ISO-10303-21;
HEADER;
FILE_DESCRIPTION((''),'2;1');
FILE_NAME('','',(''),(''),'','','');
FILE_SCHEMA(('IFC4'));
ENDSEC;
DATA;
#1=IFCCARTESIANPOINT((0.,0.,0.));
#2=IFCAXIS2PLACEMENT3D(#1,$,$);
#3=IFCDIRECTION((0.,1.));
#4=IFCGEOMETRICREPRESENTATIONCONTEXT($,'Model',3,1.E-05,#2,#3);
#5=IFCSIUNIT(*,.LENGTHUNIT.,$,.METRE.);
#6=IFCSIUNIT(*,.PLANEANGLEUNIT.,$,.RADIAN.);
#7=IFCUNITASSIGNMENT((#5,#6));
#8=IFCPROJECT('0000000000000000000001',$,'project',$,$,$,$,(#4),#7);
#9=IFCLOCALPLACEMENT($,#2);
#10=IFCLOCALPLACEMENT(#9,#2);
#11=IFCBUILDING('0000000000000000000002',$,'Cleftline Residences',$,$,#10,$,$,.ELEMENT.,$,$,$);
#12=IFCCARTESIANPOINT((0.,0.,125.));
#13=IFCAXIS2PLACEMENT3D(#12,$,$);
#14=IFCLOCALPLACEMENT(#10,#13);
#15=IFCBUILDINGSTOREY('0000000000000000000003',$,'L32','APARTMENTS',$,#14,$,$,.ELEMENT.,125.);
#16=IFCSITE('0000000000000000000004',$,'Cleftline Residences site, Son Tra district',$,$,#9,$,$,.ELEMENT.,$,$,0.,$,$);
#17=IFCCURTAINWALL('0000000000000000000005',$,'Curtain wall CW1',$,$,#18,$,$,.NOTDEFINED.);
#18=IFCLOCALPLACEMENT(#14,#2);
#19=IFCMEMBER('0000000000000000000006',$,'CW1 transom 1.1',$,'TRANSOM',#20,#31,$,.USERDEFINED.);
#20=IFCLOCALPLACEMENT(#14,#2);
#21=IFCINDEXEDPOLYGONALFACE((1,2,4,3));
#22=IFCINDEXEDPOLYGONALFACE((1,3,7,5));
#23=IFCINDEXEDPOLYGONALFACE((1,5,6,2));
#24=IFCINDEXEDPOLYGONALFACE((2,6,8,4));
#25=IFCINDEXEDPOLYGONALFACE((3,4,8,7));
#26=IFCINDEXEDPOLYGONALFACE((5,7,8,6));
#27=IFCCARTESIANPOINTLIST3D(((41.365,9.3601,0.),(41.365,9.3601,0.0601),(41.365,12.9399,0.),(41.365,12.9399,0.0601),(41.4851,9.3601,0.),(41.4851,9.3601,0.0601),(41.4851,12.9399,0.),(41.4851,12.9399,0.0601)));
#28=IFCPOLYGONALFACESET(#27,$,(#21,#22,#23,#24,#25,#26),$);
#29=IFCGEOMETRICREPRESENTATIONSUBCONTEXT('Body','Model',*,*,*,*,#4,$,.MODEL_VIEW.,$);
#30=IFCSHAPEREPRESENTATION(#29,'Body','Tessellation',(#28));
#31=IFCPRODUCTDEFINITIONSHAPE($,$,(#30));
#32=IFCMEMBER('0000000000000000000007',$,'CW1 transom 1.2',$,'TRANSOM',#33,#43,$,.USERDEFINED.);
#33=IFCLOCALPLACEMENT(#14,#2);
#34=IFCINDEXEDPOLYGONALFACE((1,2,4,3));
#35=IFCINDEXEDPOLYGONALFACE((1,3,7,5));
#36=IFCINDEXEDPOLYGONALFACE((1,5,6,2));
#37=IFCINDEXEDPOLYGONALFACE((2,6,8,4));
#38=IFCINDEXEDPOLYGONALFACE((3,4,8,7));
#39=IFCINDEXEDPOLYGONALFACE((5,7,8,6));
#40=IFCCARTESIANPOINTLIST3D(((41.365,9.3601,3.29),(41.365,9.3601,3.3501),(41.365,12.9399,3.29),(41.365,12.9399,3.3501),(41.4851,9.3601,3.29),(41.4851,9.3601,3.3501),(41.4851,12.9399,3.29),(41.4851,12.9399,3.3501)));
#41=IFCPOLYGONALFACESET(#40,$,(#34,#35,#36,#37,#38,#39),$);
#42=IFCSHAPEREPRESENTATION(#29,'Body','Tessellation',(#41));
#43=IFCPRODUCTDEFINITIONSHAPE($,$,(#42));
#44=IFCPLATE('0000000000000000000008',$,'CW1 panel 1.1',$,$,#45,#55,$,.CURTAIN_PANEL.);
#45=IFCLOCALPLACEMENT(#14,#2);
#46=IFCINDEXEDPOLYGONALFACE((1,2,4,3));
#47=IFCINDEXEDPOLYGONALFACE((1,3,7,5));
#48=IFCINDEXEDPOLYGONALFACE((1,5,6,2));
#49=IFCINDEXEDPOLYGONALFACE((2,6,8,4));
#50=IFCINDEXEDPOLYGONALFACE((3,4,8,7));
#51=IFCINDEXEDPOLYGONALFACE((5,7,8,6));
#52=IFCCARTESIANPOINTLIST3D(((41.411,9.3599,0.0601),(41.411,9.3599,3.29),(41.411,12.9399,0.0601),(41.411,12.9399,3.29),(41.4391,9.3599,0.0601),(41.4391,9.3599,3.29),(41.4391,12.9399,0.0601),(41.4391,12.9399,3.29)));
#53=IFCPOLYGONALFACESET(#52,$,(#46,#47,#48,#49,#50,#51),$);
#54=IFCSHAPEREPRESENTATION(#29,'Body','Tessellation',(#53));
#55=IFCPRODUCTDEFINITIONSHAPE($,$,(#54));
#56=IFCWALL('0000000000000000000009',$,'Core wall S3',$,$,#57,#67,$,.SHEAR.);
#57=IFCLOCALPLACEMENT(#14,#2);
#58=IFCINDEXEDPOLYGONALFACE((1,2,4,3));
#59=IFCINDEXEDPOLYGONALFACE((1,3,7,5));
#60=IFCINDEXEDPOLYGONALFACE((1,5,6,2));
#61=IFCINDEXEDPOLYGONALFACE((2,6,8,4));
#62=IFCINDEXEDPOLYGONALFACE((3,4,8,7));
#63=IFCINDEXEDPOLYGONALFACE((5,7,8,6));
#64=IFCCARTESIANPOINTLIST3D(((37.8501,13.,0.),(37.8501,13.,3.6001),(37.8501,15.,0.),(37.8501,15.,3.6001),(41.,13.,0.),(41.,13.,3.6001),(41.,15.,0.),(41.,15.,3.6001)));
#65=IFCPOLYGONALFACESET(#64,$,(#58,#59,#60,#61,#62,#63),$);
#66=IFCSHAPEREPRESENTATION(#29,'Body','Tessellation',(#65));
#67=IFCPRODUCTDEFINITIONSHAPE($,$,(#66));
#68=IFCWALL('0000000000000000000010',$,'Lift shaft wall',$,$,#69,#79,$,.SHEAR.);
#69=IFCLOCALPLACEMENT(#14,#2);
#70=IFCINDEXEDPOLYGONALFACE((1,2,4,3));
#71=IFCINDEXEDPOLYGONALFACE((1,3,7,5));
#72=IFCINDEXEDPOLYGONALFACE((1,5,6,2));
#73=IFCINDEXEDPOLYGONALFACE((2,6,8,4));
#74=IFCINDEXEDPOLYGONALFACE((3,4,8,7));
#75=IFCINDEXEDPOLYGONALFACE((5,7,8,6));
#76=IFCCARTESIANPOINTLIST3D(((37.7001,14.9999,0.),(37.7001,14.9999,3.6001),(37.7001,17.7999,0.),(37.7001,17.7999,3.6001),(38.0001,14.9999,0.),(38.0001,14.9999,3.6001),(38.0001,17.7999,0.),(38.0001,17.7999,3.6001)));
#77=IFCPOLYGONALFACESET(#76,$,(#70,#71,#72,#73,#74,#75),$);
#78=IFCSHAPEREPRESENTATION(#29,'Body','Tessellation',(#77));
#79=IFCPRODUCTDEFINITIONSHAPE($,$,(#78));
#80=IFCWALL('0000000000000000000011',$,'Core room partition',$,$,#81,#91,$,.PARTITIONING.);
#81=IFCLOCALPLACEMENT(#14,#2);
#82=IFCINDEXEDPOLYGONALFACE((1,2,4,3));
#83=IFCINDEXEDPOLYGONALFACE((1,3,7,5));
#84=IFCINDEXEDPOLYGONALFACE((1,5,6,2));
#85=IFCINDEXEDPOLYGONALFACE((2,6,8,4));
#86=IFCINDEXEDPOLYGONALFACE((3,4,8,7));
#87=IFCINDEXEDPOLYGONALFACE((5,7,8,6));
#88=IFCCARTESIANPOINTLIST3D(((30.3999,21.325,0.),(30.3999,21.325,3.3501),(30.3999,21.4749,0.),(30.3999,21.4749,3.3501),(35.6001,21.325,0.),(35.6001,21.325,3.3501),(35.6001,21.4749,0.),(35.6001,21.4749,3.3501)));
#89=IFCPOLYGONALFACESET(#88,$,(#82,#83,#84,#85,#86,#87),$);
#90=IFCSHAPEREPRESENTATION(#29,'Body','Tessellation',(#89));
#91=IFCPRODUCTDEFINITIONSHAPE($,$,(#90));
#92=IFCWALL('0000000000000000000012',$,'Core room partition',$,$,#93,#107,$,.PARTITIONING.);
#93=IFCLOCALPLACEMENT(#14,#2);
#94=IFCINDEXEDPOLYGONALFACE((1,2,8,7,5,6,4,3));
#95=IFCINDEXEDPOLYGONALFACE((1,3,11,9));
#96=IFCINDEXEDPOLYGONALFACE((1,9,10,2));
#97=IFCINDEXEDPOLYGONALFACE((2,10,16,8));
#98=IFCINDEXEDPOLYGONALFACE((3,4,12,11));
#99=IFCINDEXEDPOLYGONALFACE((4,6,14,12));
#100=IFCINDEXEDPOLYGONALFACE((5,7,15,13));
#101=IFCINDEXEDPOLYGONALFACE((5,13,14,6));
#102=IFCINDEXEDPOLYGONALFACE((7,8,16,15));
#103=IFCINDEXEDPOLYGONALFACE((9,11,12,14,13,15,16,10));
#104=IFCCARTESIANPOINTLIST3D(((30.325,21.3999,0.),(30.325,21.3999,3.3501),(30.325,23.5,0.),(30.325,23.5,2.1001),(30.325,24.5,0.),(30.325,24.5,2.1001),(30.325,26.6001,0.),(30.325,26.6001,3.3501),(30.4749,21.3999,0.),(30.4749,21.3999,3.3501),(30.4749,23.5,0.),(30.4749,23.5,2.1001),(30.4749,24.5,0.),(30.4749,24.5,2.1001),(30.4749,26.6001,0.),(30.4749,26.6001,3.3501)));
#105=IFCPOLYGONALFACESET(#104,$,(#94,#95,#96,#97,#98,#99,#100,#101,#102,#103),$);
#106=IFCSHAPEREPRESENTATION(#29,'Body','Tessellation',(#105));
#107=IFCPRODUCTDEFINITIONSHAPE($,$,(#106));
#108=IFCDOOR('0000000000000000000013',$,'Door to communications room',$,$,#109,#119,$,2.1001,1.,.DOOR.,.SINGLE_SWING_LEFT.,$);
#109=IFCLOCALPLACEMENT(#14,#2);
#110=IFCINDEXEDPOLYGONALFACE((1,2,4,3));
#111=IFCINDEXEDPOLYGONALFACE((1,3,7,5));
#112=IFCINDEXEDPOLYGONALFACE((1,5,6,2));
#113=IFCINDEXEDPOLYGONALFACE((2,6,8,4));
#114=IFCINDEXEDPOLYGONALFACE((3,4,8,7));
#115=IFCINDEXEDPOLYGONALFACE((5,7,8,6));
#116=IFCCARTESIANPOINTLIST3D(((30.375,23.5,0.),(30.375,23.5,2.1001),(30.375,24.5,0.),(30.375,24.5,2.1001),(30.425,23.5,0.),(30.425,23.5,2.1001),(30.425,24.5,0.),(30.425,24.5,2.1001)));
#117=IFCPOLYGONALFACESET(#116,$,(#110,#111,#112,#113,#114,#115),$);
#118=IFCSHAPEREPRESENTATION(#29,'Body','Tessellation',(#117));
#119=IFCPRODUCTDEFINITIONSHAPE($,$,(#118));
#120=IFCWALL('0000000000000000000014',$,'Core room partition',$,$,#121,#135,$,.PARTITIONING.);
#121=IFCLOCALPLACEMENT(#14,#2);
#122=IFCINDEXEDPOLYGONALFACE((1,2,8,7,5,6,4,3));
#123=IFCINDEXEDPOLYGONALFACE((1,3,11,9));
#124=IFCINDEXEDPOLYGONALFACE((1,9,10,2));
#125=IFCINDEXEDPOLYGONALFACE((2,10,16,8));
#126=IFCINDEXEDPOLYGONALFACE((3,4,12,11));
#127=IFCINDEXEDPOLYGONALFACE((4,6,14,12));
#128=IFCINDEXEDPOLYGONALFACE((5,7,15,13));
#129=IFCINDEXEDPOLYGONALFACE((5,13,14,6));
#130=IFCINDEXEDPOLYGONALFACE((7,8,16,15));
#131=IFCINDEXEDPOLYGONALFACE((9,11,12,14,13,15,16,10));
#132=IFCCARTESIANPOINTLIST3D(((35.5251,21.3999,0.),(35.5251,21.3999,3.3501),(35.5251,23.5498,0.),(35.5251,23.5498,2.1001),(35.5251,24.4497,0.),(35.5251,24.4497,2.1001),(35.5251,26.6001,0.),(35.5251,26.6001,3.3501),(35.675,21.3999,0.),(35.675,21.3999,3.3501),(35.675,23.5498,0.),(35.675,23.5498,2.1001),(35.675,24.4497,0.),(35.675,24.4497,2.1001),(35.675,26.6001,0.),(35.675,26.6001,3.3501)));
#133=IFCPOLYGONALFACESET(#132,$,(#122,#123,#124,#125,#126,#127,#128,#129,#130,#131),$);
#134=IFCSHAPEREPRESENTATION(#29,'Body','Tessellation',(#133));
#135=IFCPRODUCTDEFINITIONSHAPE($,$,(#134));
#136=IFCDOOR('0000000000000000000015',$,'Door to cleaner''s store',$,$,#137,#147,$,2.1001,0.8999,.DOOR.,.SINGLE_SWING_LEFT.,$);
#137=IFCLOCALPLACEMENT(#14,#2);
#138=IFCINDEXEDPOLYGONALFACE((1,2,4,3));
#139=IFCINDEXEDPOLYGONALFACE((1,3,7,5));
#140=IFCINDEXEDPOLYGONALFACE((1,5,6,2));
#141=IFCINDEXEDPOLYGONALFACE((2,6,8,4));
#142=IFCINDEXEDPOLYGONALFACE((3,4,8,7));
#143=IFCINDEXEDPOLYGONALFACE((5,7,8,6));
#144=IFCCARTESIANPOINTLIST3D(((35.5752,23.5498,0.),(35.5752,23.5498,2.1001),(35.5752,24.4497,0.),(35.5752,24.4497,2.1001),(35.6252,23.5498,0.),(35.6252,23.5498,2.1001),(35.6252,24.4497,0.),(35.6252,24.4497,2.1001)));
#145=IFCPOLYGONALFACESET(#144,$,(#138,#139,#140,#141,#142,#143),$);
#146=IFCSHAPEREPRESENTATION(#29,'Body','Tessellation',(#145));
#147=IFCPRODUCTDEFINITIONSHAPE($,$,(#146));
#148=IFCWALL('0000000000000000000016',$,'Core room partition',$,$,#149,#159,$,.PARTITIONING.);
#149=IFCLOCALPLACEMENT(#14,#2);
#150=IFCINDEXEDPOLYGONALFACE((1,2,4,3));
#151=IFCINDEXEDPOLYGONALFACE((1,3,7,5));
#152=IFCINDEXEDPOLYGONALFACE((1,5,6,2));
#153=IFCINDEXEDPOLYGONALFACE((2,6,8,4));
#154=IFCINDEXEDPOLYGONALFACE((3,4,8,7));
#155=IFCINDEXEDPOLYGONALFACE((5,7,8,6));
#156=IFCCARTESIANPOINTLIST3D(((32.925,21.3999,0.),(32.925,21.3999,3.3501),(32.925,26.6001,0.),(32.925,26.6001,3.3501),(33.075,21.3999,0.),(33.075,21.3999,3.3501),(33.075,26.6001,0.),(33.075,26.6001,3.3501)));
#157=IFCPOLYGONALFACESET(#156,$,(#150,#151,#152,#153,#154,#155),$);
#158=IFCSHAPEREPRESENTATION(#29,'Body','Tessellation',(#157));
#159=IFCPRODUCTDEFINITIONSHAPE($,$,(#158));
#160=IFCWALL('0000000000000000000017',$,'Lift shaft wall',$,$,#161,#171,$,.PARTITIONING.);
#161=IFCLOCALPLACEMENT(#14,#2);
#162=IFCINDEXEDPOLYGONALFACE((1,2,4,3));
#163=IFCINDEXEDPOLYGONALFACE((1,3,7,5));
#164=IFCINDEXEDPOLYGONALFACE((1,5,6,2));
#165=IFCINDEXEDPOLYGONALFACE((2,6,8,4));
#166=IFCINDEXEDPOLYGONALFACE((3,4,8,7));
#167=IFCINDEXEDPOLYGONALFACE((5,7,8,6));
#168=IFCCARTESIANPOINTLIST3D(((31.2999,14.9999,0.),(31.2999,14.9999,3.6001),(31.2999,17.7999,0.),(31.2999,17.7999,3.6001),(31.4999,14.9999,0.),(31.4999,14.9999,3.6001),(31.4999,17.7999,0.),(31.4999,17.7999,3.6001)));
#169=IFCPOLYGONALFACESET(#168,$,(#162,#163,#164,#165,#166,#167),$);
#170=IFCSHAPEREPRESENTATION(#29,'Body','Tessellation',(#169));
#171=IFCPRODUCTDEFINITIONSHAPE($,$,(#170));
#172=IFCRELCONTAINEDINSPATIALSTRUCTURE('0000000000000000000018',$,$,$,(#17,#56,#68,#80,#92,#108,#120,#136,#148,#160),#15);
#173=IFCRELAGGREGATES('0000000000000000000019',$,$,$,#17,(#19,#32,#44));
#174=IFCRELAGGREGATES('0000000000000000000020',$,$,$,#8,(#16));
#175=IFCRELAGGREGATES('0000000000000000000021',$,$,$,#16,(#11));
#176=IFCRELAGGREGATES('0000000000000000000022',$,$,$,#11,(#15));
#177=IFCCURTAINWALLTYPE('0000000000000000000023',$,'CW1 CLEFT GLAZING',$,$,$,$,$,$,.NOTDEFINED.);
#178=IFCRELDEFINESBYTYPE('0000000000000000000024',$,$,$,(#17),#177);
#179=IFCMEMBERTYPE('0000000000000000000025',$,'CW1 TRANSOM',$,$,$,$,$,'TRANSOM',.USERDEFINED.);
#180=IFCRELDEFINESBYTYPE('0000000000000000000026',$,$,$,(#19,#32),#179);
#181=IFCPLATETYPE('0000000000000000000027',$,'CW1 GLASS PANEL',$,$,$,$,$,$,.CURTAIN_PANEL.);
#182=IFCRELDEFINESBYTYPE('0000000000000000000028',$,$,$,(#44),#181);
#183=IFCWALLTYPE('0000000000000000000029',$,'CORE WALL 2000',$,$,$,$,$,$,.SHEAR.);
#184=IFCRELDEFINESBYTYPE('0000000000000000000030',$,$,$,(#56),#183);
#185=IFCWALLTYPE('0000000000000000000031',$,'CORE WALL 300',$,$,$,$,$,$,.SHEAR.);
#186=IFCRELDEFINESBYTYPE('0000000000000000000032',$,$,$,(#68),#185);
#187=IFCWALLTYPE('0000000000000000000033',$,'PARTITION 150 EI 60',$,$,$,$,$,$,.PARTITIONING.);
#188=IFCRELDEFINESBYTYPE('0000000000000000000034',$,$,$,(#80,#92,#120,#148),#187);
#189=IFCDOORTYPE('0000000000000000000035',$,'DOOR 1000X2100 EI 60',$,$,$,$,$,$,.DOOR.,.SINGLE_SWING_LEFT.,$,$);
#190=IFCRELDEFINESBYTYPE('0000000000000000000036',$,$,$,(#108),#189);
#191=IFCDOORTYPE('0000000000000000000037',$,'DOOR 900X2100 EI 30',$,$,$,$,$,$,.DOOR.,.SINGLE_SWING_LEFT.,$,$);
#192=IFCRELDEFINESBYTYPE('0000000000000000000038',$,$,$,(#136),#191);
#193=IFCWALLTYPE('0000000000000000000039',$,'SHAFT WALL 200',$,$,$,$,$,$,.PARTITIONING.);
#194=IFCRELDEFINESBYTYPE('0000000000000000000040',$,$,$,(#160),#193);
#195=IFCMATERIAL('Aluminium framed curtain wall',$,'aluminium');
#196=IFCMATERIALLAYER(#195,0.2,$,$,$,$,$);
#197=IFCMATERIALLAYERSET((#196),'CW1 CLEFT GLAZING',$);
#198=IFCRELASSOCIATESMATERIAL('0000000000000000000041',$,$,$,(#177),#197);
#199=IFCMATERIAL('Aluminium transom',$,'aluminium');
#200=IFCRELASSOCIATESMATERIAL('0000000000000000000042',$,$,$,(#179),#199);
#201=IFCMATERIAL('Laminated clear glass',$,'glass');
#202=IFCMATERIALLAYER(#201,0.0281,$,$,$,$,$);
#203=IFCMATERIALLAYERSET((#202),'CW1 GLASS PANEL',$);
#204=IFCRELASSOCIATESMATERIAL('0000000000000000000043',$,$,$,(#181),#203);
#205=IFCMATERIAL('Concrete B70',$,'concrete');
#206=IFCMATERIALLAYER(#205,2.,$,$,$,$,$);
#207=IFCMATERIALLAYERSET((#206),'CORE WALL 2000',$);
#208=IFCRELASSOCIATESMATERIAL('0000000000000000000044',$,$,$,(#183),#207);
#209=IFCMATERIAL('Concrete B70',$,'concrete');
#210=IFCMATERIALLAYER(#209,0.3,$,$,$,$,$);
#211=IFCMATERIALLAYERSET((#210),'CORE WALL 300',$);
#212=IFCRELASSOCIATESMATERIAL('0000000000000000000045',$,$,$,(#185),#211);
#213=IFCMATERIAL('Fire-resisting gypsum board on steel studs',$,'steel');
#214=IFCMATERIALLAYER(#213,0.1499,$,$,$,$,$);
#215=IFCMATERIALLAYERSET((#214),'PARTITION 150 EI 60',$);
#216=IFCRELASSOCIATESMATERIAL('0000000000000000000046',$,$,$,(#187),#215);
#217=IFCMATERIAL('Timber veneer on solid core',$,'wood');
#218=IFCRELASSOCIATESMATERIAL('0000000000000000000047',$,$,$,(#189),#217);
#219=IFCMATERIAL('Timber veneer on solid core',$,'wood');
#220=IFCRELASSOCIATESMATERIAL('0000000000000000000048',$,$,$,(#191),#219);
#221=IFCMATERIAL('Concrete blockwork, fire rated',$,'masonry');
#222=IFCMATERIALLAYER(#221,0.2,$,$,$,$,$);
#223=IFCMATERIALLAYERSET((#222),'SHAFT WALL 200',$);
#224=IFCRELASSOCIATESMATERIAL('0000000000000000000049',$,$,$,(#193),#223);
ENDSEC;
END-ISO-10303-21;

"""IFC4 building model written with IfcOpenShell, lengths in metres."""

from ifc_helpers import new_model, si_unit, direction, frame, frame_2d, origin, origin_2d, place, context, subcontext, project, spatial, rectangle, extrude, material, layer, layer_set, material_profile, profile_set, type_object, element, fill, aggregate, save


model = new_model("IFC4")

# Units and contexts
model_context = context("Model", 3, precision=1e-05, world=origin(), true_north=direction((0.0, 1.0)))
body_context = subcontext(model_context, "Body", "Model", "MODEL_VIEW")
ifc_project = project(units=[si_unit("LENGTHUNIT", "METRE"), si_unit("PLANEANGLEUNIT", "RADIAN")], contexts=[model_context])

# Site, building, storey
site_placement = place(None, origin())
site = spatial("IfcSite", under=ifc_project, at=site_placement, Name="Cleftline Residences site, Son Tra district", CompositionType="ELEMENT", RefElevation=0.0)
building_placement = place(site_placement, origin())
building = spatial("IfcBuilding", under=site, at=building_placement, Name="Cleftline Residences", CompositionType="ELEMENT")
storey_placement = place(building_placement, frame((0.0, 0.0, 125.0)))
storey = spatial("IfcBuildingStorey", under=building, at=storey_placement, Name="L32", Description="APARTMENTS", CompositionType="ELEMENT", Elevation=125.0)

# Curtain wall, members, plate
ifc_material_1 = material(Name="Aluminium framed curtain wall", Category="aluminium")
ifc_layer_1 = layer(ifc_material_1, 0.2)
ifc_layer_set_1 = layer_set([ifc_layer_1], Name="CW1 CLEFT GLAZING")
curtain_wall_type = type_object("IfcCurtainWallType", Name="CW1 CLEFT GLAZING", PredefinedType="NOTDEFINED", material=ifc_layer_set_1)
curtain_wall_placement = place(storey_placement, origin())
curtain_wall = element("IfcCurtainWall", 1, at=curtain_wall_placement, inside=storey, type_object=curtain_wall_type, Name="Curtain wall CW1", PredefinedType="NOTDEFINED")
ifc_material_2 = material(Name="Aluminium transom", Category="aluminium")
ifc_material_profile = material_profile(ifc_material_2, rectangle(XDim=0.1201, YDim=0.0601, at=origin_2d()))
ifc_profile_set = profile_set([ifc_material_profile], Name="Aluminium transom")
member_type = type_object("IfcMemberType", Name="CW1 TRANSOM", ElementType="TRANSOM", PredefinedType="USERDEFINED", material=ifc_profile_set)
member_1_placement = place(storey_placement, frame((41.425, 12.9399, 0.03), z_axis=(0.0, -1.0, 0.0), x_axis=(1.0, 0.0, 0.0)))
member_1 = element("IfcMember", 2, at=member_1_placement, type_object=member_type, Name="CW1 transom 1.1", ObjectType="TRANSOM", PredefinedType="USERDEFINED", context=body_context, shape_type="SweptSolid", body=[
    extrude(rectangle(XDim=0.1201, YDim=0.0601, at=origin_2d()), origin(), (0.0, 0.0, 1.0), 3.5798),
])
member_2_placement = place(storey_placement, frame((41.425, 12.9399, 3.3201), z_axis=(0.0, -1.0, 0.0), x_axis=(1.0, 0.0, 0.0)))
member_2 = element("IfcMember", 3, at=member_2_placement, type_object=member_type, Name="CW1 transom 1.2", ObjectType="TRANSOM", PredefinedType="USERDEFINED", context=body_context, shape_type="SweptSolid", body=[
    extrude(rectangle(XDim=0.1201, YDim=0.0601, at=origin_2d()), origin(), (0.0, 0.0, 1.0), 3.5798),
])
ifc_material_3 = material(Name="Laminated clear glass", Category="glass")
ifc_layer_2 = layer(ifc_material_3, 0.0281)
ifc_layer_set_2 = layer_set([ifc_layer_2], Name="CW1 GLASS PANEL")
plate_type = type_object("IfcPlateType", Name="CW1 GLASS PANEL", PredefinedType="CURTAIN_PANEL", material=ifc_layer_set_2)
plate_placement = place(storey_placement, frame((41.425, 11.1499, 0.0601), z_axis=(0.0, 0.0, 1.0), x_axis=(0.0, -1.0, 0.0)))
plate = element("IfcPlate", 4, at=plate_placement, type_object=plate_type, Name="CW1 panel 1.1", PredefinedType="CURTAIN_PANEL", context=body_context, shape_type="SweptSolid", body=[
    extrude(rectangle(XDim=3.5801, YDim=0.0281, at=origin_2d()), origin(), (0.0, 0.0, 1.0), 3.23),
])
aggregate(curtain_wall, [member_1, member_2, plate])

# Walls
ifc_material_4 = material(Name="Concrete B70", Category="concrete")
ifc_layer_3 = layer(ifc_material_4, 2.0)
ifc_layer_set_3 = layer_set([ifc_layer_3], Name="CORE WALL 2000")
wall_type_1 = type_object("IfcWallType", Name="CORE WALL 2000", PredefinedType="SHEAR", material=ifc_layer_set_3)
wall_1_placement = place(storey_placement, frame((37.8501, 14.0, 0.0), z_axis=(0.0, 0.0, 1.0), x_axis=(1.0, 0.0, 0.0)))
element("IfcWall", 5, at=wall_1_placement, inside=storey, type_object=wall_type_1, Name="Core wall S3", PredefinedType="SHEAR", context=body_context, shape_type="SweptSolid", body=[
    extrude(rectangle(XDim=3.1499, YDim=2.0, at=frame_2d((1.575, 0.0))), origin(), (0.0, 0.0, 1.0), 3.6001),
])
ifc_material_5 = material(Name="Concrete B70", Category="concrete")
ifc_layer_4 = layer(ifc_material_5, 0.3)
ifc_layer_set_4 = layer_set([ifc_layer_4], Name="CORE WALL 300")
wall_type_2 = type_object("IfcWallType", Name="CORE WALL 300", PredefinedType="SHEAR", material=ifc_layer_set_4)
wall_2_placement = place(storey_placement, frame((37.8501, 15.0, 0.0), z_axis=(0.0, 0.0, 1.0), x_axis=(0.0, 1.0, 0.0)))
element("IfcWall", 6, at=wall_2_placement, inside=storey, type_object=wall_type_2, Name="Lift shaft wall", PredefinedType="SHEAR", context=body_context, shape_type="SweptSolid", body=[
    extrude(rectangle(XDim=2.8, YDim=0.3, at=frame_2d((1.3999, 0.0))), origin(), (0.0, 0.0, 1.0), 3.6001),
])
ifc_material_6 = material(Name="Fire-resisting gypsum board on steel studs", Category="steel")
ifc_layer_5 = layer(ifc_material_6, 0.1499)
ifc_layer_set_5 = layer_set([ifc_layer_5], Name="PARTITION 150 EI 60")
wall_type_3 = type_object("IfcWallType", Name="PARTITION 150 EI 60", PredefinedType="PARTITIONING", material=ifc_layer_set_5)
wall_3_placement = place(storey_placement, frame((30.3999, 21.3999, 0.0), z_axis=(0.0, 0.0, 1.0), x_axis=(1.0, 0.0, 0.0)))
element("IfcWall", 7, at=wall_3_placement, inside=storey, type_object=wall_type_3, Name="Core room partition", PredefinedType="PARTITIONING", context=body_context, shape_type="SweptSolid", body=[
    extrude(rectangle(XDim=5.2002, YDim=0.1499, at=frame_2d((2.6001, 0.0))), origin(), (0.0, 0.0, 1.0), 3.3501),
])

# Walls, openings, doors
wall_4_placement = place(storey_placement, frame((30.3999, 21.3999, 0.0), z_axis=(0.0, 0.0, 1.0), x_axis=(0.0, 1.0, 0.0)))
wall_4 = element("IfcWall", 8, at=wall_4_placement, inside=storey, type_object=wall_type_3, Name="Core room partition", PredefinedType="PARTITIONING", context=body_context, shape_type="SweptSolid", body=[
    extrude(rectangle(XDim=5.2002, YDim=0.1499, at=frame_2d((2.6001, 0.0))), origin(), (0.0, 0.0, 1.0), 3.3501),
])
opening_1_placement = place(wall_4_placement, frame((2.1001, 0.0, 0.0)))
opening_1 = element("IfcOpeningElement", 9, at=opening_1_placement, cuts=wall_4, PredefinedType="OPENING", context=body_context, shape_type="SweptSolid", body=[
    extrude(rectangle(XDim=1.0, YDim=2.1001, at=frame_2d((0.5, 1.05))), frame((0.0, 0.085, 0.0), z_axis=(0.0, -1.0, 0.0), x_axis=(1.0, 0.0, 0.0)), (0.0, 0.0, 1.0), 0.1699),
])
ifc_material_7 = material(Name="Timber veneer on solid core", Category="wood")
door_type_1 = type_object("IfcDoorType", Name="DOOR 1000X2100 EI 60", OperationType="SINGLE_SWING_LEFT", PredefinedType="DOOR", material=ifc_material_7)
door_1_placement = place(opening_1_placement, origin())
door_1 = element("IfcDoor", 10, at=door_1_placement, inside=storey, type_object=door_type_1, Name="Door to communications room", OperationType="SINGLE_SWING_LEFT", OverallHeight=2.1001, OverallWidth=1.0, PredefinedType="DOOR", context=body_context, shape_type="SweptSolid", body=[
    extrude(rectangle(XDim=1.0, YDim=2.1001, at=frame_2d((0.5, 1.05))), frame((0.0, 0.0249, 0.0), z_axis=(0.0, -1.0, 0.0), x_axis=(1.0, 0.0, 0.0)), (0.0, 0.0, 1.0), 0.05),
])
fill(opening_1, door_1)
wall_5_placement = place(storey_placement, frame((35.6001, 21.3999, 0.0), z_axis=(0.0, 0.0, 1.0), x_axis=(0.0, 1.0, 0.0)))
wall_5 = element("IfcWall", 11, at=wall_5_placement, inside=storey, type_object=wall_type_3, Name="Core room partition", PredefinedType="PARTITIONING", context=body_context, shape_type="SweptSolid", body=[
    extrude(rectangle(XDim=5.2002, YDim=0.1499, at=frame_2d((2.6001, 0.0))), origin(), (0.0, 0.0, 1.0), 3.3501),
])
opening_2_placement = place(wall_5_placement, frame((2.1499, 0.0, 0.0)))
opening_2 = element("IfcOpeningElement", 12, at=opening_2_placement, cuts=wall_5, PredefinedType="OPENING", context=body_context, shape_type="SweptSolid", body=[
    extrude(rectangle(XDim=0.8999, YDim=2.1001, at=frame_2d((0.45, 1.05))), frame((0.0, 0.085, 0.0), z_axis=(0.0, -1.0, 0.0), x_axis=(1.0, 0.0, 0.0)), (0.0, 0.0, 1.0), 0.1699),
])
ifc_material_8 = material(Name="Timber veneer on solid core", Category="wood")
door_type_2 = type_object("IfcDoorType", Name="DOOR 900X2100 EI 30", OperationType="SINGLE_SWING_LEFT", PredefinedType="DOOR", material=ifc_material_8)
door_2_placement = place(opening_2_placement, origin())
door_2 = element("IfcDoor", 13, at=door_2_placement, inside=storey, type_object=door_type_2, Name="Door to cleaner's store", OperationType="SINGLE_SWING_LEFT", OverallHeight=2.1001, OverallWidth=0.8999, PredefinedType="DOOR", context=body_context, shape_type="SweptSolid", body=[
    extrude(rectangle(XDim=0.8999, YDim=2.1001, at=frame_2d((0.45, 1.05))), frame((0.0, 0.0249, 0.0), z_axis=(0.0, -1.0, 0.0), x_axis=(1.0, 0.0, 0.0)), (0.0, 0.0, 1.0), 0.05),
])
fill(opening_2, door_2)

# Walls
wall_6_placement = place(storey_placement, frame((33.0, 21.3999, 0.0), z_axis=(0.0, 0.0, 1.0), x_axis=(0.0, 1.0, 0.0)))
element("IfcWall", 14, at=wall_6_placement, inside=storey, type_object=wall_type_3, Name="Core room partition", PredefinedType="PARTITIONING", context=body_context, shape_type="SweptSolid", body=[
    extrude(rectangle(XDim=5.2002, YDim=0.1499, at=frame_2d((2.6001, 0.0))), origin(), (0.0, 0.0, 1.0), 3.3501),
])
ifc_material_9 = material(Name="Concrete blockwork, fire rated", Category="masonry")
ifc_layer_6 = layer(ifc_material_9, 0.2)
ifc_layer_set_6 = layer_set([ifc_layer_6], Name="SHAFT WALL 200")
wall_type_4 = type_object("IfcWallType", Name="SHAFT WALL 200", PredefinedType="PARTITIONING", material=ifc_layer_set_6)
for number, where, z_axis, x_axis, name in (
    (15, (31.3999, 15.0, 0.0), (0.0, 0.0, 1.0), (0.0, 1.0, 0.0), "Lift shaft wall"),
):
    element("IfcWall", number, at=place(storey_placement, frame(where, z_axis=z_axis, x_axis=x_axis)), inside=storey, type_object=wall_type_4, Name=name, PredefinedType="PARTITIONING", context=body_context, shape_type="SweptSolid", body=[
        extrude(rectangle(XDim=2.8, YDim=0.2, at=frame_2d((1.3999, 0.0))), origin(), (0.0, 0.0, 1.0), 3.6001),
    ])

save(model, "model.ifc")
